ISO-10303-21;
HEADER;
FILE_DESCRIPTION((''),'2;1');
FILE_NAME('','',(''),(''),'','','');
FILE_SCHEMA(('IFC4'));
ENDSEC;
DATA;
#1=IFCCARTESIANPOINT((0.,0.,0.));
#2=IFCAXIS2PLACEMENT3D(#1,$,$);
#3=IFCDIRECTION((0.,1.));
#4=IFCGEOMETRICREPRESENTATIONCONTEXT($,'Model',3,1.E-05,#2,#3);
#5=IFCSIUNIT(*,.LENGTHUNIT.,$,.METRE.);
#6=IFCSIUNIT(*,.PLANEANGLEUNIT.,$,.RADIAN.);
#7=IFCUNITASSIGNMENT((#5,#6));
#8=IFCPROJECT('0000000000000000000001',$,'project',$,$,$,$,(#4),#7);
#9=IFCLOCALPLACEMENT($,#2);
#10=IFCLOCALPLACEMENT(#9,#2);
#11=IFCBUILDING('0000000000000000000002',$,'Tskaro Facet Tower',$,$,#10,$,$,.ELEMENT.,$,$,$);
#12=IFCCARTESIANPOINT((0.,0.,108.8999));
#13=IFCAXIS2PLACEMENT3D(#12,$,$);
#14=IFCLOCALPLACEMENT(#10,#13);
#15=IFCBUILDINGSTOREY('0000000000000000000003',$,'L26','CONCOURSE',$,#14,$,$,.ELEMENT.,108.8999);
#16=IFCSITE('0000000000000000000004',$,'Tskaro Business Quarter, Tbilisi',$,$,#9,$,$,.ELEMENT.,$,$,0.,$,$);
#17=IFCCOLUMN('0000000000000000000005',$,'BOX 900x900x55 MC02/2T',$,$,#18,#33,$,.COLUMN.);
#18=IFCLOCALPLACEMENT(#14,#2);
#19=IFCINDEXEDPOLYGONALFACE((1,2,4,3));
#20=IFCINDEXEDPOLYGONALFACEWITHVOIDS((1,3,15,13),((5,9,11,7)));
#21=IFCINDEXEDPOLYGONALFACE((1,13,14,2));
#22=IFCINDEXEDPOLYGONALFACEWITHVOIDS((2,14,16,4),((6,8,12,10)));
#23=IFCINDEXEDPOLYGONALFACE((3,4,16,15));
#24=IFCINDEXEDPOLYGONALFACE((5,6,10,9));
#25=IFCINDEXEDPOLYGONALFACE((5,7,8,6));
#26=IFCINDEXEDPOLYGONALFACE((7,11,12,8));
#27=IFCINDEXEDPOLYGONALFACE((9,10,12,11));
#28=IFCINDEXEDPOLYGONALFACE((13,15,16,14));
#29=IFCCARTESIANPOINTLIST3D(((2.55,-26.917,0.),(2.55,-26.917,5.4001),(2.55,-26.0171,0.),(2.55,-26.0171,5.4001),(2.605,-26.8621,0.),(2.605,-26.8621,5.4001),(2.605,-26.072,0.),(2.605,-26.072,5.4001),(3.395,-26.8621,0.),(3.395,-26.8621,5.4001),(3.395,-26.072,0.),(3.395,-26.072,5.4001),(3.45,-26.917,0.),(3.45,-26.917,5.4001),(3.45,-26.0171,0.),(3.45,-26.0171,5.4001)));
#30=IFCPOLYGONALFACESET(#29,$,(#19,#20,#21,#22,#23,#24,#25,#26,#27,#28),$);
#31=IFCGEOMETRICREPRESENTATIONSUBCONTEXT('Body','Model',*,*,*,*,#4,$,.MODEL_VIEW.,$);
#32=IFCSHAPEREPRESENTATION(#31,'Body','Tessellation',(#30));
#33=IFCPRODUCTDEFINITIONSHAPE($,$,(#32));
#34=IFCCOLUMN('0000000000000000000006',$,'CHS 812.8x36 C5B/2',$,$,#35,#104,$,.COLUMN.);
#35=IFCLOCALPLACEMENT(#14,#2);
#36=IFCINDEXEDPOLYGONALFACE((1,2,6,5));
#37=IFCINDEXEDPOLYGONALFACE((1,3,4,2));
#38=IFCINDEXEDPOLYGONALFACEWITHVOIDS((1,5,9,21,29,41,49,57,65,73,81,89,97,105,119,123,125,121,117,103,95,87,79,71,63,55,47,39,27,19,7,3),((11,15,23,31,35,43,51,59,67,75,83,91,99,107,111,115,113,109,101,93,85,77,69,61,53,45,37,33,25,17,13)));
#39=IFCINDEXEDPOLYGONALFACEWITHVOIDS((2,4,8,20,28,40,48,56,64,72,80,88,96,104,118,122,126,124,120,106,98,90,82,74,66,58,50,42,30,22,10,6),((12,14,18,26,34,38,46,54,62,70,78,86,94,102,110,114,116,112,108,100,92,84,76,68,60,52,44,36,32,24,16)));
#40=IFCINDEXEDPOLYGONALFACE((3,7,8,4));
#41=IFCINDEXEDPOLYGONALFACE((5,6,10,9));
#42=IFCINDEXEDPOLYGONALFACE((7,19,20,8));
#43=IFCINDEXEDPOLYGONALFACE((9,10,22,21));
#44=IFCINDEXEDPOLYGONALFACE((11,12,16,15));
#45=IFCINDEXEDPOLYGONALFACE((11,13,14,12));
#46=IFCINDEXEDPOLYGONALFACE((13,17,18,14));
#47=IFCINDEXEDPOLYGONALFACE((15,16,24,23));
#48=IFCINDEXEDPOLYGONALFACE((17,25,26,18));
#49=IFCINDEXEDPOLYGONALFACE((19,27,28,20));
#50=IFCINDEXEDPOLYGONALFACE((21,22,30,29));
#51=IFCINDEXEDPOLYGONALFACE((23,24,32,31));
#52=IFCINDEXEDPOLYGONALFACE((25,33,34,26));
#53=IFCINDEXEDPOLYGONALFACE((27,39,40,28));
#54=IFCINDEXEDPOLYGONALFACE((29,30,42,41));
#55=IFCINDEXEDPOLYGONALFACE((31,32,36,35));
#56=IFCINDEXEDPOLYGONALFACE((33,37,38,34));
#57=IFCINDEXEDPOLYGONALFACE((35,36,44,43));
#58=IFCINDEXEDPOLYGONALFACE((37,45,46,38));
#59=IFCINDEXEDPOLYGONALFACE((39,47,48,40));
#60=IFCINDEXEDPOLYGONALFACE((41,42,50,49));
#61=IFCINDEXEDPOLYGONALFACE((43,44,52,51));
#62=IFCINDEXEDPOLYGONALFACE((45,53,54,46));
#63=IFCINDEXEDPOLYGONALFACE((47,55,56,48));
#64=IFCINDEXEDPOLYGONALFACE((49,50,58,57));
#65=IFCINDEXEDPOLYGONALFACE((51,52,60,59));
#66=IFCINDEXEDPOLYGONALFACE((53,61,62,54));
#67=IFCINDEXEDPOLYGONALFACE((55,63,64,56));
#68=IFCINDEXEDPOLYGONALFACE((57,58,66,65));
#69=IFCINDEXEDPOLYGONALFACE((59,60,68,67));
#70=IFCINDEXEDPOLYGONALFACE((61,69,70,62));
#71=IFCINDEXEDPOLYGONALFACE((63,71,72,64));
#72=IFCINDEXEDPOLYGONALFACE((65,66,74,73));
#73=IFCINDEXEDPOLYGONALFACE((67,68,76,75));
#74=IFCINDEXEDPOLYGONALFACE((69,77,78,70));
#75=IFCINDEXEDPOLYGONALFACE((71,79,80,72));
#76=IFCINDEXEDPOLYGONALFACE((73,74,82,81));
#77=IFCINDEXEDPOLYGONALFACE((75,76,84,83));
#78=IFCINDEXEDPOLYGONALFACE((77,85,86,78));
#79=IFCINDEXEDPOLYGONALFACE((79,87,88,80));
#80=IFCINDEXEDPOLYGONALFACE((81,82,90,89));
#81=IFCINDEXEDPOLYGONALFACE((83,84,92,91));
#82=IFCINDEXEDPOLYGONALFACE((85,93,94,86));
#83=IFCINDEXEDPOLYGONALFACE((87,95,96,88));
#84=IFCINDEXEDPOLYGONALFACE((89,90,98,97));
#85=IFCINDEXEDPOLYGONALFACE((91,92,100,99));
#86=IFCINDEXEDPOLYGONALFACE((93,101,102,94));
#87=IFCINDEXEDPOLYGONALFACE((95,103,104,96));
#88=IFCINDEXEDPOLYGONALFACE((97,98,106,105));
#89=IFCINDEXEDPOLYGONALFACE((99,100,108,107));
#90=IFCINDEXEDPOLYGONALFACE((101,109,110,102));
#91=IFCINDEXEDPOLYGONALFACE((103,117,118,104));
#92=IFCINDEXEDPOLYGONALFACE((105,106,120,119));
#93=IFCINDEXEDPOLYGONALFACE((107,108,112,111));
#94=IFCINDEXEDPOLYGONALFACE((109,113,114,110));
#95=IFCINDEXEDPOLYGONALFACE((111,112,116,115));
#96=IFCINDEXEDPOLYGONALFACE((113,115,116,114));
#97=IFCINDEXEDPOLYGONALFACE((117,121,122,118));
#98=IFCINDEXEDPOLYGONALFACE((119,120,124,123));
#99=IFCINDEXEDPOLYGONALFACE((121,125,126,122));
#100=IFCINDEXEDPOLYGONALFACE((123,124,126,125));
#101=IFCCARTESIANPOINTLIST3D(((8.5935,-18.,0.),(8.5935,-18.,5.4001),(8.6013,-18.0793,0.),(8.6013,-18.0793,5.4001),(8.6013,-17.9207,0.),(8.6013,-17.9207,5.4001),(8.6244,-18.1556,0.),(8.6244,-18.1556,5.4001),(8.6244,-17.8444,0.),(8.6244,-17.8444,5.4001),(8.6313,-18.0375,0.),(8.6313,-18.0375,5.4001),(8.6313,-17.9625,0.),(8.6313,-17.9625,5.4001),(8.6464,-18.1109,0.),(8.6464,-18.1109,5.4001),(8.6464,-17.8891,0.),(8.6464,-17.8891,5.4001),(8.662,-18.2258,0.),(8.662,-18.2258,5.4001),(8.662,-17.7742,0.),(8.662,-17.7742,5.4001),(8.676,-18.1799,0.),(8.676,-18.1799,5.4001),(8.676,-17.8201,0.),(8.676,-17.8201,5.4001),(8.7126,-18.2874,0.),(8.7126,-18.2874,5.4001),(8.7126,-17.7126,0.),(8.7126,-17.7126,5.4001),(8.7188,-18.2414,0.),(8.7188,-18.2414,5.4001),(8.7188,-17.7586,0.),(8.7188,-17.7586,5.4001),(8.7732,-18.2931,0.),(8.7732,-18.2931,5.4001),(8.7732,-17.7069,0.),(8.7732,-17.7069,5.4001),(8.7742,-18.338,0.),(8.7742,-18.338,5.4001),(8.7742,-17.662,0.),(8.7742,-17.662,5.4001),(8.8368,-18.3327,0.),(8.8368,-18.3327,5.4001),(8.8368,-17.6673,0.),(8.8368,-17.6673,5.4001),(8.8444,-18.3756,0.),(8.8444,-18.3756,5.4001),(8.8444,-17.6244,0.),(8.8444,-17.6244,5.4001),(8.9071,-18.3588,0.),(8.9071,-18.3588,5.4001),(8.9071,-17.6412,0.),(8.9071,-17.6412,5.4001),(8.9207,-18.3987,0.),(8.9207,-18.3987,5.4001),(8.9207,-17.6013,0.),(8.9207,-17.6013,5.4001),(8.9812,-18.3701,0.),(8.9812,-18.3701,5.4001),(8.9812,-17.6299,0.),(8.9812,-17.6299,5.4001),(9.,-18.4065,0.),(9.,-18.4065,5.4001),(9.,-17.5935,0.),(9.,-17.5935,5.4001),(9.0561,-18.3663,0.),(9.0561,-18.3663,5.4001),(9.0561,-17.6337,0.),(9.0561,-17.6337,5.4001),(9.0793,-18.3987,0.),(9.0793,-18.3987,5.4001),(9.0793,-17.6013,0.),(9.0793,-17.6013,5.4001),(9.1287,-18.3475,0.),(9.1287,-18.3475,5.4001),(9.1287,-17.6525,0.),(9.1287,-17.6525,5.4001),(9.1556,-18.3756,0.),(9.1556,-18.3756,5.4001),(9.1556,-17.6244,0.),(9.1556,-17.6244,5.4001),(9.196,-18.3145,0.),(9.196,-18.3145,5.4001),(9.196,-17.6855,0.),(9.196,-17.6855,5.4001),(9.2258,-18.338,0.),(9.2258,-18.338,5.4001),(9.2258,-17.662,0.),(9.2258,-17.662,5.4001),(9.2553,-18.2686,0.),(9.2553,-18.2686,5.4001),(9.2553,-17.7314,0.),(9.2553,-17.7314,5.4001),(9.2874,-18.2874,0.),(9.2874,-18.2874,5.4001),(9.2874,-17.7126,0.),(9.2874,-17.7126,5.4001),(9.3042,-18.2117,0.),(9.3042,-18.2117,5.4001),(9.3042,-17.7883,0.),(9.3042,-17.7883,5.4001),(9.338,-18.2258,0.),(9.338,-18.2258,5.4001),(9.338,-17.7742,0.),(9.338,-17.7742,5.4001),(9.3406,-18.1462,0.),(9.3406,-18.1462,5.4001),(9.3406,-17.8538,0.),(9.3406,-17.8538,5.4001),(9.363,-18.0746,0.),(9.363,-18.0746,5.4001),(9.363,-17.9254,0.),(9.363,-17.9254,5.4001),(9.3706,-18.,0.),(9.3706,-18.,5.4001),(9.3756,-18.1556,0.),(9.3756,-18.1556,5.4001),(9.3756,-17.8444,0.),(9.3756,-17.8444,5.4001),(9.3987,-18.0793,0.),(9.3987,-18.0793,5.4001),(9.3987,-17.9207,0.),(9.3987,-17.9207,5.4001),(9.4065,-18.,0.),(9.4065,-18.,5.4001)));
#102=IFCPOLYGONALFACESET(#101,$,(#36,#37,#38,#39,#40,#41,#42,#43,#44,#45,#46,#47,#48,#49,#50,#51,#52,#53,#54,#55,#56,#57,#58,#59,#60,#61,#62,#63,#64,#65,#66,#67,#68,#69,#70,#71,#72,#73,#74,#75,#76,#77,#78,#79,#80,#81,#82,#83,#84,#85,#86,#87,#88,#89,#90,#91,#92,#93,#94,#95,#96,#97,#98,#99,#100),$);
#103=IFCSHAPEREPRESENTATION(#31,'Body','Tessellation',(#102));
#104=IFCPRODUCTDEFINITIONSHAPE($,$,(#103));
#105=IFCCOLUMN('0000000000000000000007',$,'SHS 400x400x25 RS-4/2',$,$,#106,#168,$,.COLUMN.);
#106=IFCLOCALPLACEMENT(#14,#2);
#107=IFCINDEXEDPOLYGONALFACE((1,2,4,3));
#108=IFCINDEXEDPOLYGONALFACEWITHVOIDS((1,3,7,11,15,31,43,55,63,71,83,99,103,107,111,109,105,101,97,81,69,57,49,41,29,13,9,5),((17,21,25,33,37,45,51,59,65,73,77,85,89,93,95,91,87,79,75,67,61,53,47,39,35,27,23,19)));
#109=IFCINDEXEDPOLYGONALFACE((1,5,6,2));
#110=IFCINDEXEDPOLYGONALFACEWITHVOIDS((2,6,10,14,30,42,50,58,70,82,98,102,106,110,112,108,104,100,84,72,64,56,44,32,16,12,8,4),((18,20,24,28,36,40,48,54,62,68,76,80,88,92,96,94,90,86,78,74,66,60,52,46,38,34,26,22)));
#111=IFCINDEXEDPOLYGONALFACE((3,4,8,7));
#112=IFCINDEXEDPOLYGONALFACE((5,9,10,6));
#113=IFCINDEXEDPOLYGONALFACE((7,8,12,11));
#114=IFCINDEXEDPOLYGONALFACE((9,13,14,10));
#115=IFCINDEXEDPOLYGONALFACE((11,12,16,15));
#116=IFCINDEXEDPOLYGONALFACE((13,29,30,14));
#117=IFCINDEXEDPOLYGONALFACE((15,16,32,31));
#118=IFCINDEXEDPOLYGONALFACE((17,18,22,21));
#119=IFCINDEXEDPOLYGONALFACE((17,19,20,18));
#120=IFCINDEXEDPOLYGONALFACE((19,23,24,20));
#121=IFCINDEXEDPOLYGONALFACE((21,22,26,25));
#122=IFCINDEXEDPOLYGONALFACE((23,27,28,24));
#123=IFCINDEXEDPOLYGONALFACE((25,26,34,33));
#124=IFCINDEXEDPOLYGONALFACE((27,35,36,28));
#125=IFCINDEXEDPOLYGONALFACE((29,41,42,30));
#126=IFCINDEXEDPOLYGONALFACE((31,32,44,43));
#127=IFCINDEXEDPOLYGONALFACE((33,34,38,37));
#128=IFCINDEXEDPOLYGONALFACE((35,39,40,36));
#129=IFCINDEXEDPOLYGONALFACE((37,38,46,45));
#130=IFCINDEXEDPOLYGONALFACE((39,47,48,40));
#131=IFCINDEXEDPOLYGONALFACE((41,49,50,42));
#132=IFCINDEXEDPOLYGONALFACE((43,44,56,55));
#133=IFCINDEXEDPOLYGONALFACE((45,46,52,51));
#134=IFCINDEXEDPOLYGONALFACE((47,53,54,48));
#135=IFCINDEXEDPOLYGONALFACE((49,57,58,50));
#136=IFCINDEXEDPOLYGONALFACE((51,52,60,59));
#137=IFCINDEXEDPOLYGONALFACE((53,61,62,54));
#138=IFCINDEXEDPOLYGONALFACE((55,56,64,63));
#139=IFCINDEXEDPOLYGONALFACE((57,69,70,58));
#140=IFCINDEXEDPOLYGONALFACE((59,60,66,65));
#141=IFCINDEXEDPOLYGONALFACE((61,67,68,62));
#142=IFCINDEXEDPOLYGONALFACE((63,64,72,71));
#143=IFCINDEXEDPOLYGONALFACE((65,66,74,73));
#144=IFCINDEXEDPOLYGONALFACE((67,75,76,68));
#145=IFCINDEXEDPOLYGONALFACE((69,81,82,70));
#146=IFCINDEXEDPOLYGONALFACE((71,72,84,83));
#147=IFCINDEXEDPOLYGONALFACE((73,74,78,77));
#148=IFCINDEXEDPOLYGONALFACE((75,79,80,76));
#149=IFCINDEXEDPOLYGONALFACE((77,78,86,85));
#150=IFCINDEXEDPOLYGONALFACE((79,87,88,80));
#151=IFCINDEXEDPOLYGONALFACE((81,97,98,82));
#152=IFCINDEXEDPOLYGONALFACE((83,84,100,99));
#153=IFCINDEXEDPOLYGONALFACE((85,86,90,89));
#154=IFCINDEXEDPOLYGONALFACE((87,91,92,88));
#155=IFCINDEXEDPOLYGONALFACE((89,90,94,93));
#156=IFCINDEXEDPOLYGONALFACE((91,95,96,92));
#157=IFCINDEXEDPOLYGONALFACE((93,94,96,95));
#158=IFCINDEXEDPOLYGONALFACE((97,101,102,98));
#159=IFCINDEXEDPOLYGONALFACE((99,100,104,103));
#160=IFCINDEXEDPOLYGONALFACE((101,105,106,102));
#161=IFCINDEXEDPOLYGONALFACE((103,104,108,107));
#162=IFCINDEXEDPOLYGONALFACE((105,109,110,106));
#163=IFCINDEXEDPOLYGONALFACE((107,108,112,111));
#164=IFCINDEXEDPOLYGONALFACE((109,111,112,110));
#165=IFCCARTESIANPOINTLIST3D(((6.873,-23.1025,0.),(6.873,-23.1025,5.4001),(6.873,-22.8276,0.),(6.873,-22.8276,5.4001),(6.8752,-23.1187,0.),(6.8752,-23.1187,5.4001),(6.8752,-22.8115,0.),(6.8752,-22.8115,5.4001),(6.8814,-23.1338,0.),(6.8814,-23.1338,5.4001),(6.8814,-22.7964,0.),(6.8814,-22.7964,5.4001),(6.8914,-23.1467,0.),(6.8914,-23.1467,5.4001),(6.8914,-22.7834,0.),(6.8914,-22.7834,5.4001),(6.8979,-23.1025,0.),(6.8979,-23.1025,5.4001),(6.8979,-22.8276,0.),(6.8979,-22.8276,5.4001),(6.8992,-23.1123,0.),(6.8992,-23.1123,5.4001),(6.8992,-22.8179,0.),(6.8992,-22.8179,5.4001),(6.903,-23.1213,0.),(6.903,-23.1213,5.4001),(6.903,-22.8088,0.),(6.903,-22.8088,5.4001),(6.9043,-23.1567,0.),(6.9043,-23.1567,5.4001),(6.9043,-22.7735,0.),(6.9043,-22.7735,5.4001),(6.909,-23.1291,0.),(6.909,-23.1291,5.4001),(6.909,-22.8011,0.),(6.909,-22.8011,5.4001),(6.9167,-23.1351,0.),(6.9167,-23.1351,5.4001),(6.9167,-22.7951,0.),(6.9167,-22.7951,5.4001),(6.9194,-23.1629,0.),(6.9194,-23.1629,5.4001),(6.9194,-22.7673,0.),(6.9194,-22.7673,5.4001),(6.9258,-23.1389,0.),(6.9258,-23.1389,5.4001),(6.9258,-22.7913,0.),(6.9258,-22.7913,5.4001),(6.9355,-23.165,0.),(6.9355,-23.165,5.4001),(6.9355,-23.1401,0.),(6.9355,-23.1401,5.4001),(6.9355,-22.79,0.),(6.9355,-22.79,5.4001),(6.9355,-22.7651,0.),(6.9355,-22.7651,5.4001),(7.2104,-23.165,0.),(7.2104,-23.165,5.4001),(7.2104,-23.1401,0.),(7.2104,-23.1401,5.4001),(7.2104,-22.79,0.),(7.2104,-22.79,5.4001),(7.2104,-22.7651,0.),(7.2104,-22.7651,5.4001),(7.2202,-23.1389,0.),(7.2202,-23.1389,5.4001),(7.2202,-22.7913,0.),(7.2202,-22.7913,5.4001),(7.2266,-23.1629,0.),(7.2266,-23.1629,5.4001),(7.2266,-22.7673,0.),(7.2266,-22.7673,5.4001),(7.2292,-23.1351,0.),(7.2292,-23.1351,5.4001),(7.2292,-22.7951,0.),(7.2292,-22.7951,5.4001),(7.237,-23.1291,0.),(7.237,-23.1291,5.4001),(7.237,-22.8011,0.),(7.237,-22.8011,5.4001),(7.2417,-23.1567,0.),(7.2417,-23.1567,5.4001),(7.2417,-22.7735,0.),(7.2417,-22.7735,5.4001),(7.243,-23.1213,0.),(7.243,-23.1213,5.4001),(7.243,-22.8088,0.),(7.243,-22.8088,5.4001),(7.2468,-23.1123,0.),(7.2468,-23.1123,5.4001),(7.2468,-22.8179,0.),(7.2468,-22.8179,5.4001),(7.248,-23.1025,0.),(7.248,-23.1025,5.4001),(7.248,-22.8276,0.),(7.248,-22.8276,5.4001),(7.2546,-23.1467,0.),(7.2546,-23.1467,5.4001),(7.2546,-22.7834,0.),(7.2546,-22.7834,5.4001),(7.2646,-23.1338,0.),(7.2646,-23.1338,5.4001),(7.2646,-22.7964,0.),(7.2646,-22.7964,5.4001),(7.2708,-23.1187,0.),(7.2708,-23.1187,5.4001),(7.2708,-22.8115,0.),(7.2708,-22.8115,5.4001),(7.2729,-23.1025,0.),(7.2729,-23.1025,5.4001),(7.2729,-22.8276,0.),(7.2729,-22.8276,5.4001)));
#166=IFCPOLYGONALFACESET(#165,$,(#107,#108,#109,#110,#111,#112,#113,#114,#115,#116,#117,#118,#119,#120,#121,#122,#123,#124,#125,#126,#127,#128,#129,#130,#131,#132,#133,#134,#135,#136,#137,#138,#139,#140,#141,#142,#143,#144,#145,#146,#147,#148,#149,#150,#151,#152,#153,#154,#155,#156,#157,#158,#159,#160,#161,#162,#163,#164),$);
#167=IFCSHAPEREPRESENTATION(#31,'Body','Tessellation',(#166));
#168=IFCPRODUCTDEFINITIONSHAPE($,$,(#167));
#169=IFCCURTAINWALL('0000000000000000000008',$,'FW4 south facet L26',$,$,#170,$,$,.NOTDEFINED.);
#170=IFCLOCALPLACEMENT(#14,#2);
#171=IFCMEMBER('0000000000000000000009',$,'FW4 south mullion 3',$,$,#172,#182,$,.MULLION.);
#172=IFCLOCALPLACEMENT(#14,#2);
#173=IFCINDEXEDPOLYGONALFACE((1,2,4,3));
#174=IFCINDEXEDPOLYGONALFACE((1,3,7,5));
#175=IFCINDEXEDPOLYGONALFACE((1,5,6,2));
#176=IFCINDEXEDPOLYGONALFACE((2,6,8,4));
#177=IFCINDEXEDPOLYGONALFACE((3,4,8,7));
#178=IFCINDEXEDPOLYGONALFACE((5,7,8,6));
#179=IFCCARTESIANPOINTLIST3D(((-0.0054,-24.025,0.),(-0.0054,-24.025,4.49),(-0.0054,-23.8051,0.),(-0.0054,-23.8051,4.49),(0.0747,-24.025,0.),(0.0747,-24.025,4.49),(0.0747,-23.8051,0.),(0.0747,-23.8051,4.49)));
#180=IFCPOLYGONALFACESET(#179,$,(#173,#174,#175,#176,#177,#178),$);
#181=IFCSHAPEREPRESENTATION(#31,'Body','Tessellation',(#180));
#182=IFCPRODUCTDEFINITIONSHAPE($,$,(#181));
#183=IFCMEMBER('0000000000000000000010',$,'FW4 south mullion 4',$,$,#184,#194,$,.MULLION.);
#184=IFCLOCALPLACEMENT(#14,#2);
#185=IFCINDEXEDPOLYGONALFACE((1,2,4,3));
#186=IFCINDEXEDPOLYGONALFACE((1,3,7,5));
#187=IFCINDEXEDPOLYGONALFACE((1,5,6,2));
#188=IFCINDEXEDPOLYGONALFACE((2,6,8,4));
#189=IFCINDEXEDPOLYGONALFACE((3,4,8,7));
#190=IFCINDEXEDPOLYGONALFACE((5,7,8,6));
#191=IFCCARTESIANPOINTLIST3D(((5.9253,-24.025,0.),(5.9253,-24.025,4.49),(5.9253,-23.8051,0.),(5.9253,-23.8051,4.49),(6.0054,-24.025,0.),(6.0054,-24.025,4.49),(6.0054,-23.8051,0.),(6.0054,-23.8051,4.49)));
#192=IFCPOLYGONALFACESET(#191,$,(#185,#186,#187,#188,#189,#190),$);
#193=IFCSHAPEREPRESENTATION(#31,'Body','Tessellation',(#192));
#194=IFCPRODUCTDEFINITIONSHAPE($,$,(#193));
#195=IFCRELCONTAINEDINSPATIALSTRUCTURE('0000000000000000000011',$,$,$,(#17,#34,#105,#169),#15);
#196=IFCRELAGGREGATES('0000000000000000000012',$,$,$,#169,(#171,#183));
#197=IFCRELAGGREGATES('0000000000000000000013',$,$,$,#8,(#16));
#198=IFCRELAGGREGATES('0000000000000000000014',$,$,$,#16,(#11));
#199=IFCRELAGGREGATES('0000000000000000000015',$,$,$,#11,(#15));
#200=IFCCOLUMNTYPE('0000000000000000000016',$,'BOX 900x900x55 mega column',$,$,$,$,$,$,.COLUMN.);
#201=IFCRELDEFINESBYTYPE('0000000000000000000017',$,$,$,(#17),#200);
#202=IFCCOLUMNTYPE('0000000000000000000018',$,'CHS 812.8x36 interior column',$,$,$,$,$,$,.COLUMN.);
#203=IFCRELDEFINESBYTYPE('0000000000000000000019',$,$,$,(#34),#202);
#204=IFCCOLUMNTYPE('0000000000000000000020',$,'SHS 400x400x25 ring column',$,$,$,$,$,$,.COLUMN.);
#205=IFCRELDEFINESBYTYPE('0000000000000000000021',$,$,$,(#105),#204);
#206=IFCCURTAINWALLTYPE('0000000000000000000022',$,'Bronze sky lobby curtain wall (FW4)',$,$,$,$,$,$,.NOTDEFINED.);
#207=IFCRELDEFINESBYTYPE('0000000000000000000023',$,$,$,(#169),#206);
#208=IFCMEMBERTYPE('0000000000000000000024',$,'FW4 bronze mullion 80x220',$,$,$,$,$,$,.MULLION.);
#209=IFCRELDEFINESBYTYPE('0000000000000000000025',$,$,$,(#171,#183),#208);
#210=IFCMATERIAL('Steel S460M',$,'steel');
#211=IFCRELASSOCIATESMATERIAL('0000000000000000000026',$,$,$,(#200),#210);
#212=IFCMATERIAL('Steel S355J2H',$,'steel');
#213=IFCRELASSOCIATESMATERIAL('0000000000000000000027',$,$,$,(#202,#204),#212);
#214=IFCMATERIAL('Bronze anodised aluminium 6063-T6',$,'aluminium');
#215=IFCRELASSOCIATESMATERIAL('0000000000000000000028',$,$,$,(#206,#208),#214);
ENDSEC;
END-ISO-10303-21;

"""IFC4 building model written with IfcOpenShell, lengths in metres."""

from ifc_helpers import new_model, si_unit, direction, frame, origin, origin_2d, place, context, subcontext, project, spatial, rectangle, hollow_rectangle, hollow_circle, extrude, material, material_profile, profile_set, type_object, element, aggregate, save


model = new_model("IFC4")

# Units and contexts
model_context = context("Model", 3, precision=1e-05, world=origin(), true_north=direction((0.0, 1.0)))
body_context = subcontext(model_context, "Body", "Model", "MODEL_VIEW")
ifc_project = project(units=[si_unit("LENGTHUNIT", "METRE"), si_unit("PLANEANGLEUNIT", "RADIAN")], contexts=[model_context])

# Site, building, storey
site_placement = place(None, origin())
site = spatial("IfcSite", under=ifc_project, at=site_placement, Name="Tskaro Business Quarter, Tbilisi", CompositionType="ELEMENT", RefElevation=0.0)
building_placement = place(site_placement, origin())
building = spatial("IfcBuilding", under=site, at=building_placement, Name="Tskaro Facet Tower", CompositionType="ELEMENT")
storey_placement = place(building_placement, frame((0.0, 0.0, 108.8999)))
storey = spatial("IfcBuildingStorey", under=building, at=storey_placement, Name="L26", Description="CONCOURSE", CompositionType="ELEMENT", Elevation=108.8999)

# Columns
ifc_material_1 = material(Name="Steel S460M", Category="steel")
ifc_material_profile_1 = material_profile(ifc_material_1, hollow_rectangle(XDim=0.8999, YDim=0.8999, WallThickness=0.0549, at=origin_2d()), Name="BOX 900x900x55")
ifc_profile_set_1 = profile_set([ifc_material_profile_1], Name="Steel S460M")
column_type_1 = type_object("IfcColumnType", Name="BOX 900x900x55 mega column", PredefinedType="COLUMN", material=ifc_profile_set_1)
column_1_placement = place(storey_placement, frame((3.0, -26.467, 0.0), z_axis=(0.0, 0.0, 1.0), x_axis=(1.0, 0.0, 0.0)))
element("IfcColumn", 1, at=column_1_placement, inside=storey, type_object=column_type_1, Name="BOX 900x900x55 MC02/2T", PredefinedType="COLUMN", context=body_context, shape_type="SweptSolid", body=[
    extrude(hollow_rectangle(XDim=0.8999, YDim=0.8999, WallThickness=0.0549, at=origin_2d()), origin(), (0.0, 0.0, 1.0), 5.4001),
])
ifc_material_2 = material(Name="Steel S355J2H", Category="steel")
ifc_material_profile_2 = material_profile(ifc_material_2, hollow_circle(Radius=0.4065, WallThickness=0.0359, at=origin_2d()), Name="CHS 812.8x36")
ifc_profile_set_2 = profile_set([ifc_material_profile_2], Name="Steel S355J2H")
column_type_2 = type_object("IfcColumnType", Name="CHS 812.8x36 interior column", PredefinedType="COLUMN", material=ifc_profile_set_2)
column_2_placement = place(storey_placement, frame((9.0, -18.0, 0.0), z_axis=(0.0, 0.0, 1.0), x_axis=(1.0, 0.0, 0.0)))
element("IfcColumn", 2, at=column_2_placement, inside=storey, type_object=column_type_2, Name="CHS 812.8x36 C5B/2", PredefinedType="COLUMN", context=body_context, shape_type="SweptSolid", body=[
    extrude(hollow_circle(Radius=0.4065, WallThickness=0.0359, at=origin_2d()), origin(), (0.0, 0.0, 1.0), 5.4001),
])
ifc_material_profile_3 = material_profile(ifc_material_2, hollow_rectangle(XDim=0.3999, YDim=0.3999, WallThickness=0.0249, InnerFilletRadius=0.0376, OuterFilletRadius=0.0625, at=origin_2d()), Name="SHS 400x400x25")
ifc_profile_set_3 = profile_set([ifc_material_profile_3], Name="Steel S355J2H")
column_type_3 = type_object("IfcColumnType", Name="SHS 400x400x25 ring column", PredefinedType="COLUMN", material=ifc_profile_set_3)
column_3_placement = place(storey_placement, frame((7.073, -22.9651, 0.0), z_axis=(0.0, 0.0, 1.0), x_axis=(1.0, 0.0, 0.0)))
element("IfcColumn", 3, at=column_3_placement, inside=storey, type_object=column_type_3, Name="SHS 400x400x25 RS-4/2", PredefinedType="COLUMN", context=body_context, shape_type="SweptSolid", body=[
    extrude(hollow_rectangle(XDim=0.3999, YDim=0.3999, WallThickness=0.0249, InnerFilletRadius=0.0376, OuterFilletRadius=0.0625, at=origin_2d()), origin(), (0.0, 0.0, 1.0), 5.4001),
])

# Curtain wall, members
ifc_material_3 = material(Name="Bronze anodised aluminium 6063-T6", Category="aluminium")
curtain_wall_type = type_object("IfcCurtainWallType", Name="Bronze sky lobby curtain wall (FW4)", PredefinedType="NOTDEFINED", material=ifc_material_3)
curtain_wall_placement = place(storey_placement, origin())
curtain_wall = element("IfcCurtainWall", 4, at=curtain_wall_placement, inside=storey, type_object=curtain_wall_type, Name="FW4 south facet L26", PredefinedType="NOTDEFINED")
ifc_material_profile_4 = material_profile(ifc_material_3, rectangle(XDim=0.0801, YDim=0.22, at=origin_2d()), Name="Mullion 80x220")
ifc_profile_set_4 = profile_set([ifc_material_profile_4], Name="Bronze anodised aluminium 6063-T6")
member_type_1 = type_object("IfcMemberType", Name="FW4 bronze mullion 80x220", PredefinedType="MULLION", material=ifc_profile_set_4)
member_1_placement = place(storey_placement, frame((0.0347, -23.915, 0.0), z_axis=(0.0, 0.0, 1.0), x_axis=(1.0, 0.0, 0.0)))
member_1 = element("IfcMember", 5, at=member_1_placement, type_object=member_type_1, Name="FW4 south mullion 3", PredefinedType="MULLION", context=body_context, shape_type="SweptSolid", body=[
    extrude(rectangle(XDim=0.0801, YDim=0.22, at=origin_2d()), origin(), (0.0, 0.0, 1.0), 4.49),
])
member_2_placement = place(storey_placement, frame((5.9653, -23.915, 0.0), z_axis=(0.0, 0.0, 1.0), x_axis=(1.0, 0.0, 0.0)))
member_2 = element("IfcMember", 6, at=member_2_placement, type_object=member_type_1, Name="FW4 south mullion 4", PredefinedType="MULLION", context=body_context, shape_type="SweptSolid", body=[
    extrude(rectangle(XDim=0.0801, YDim=0.22, at=origin_2d()), origin(), (0.0, 0.0, 1.0), 4.49),
])

aggregate(curtain_wall, [member_1, member_2])

save(model, "model.ifc")
